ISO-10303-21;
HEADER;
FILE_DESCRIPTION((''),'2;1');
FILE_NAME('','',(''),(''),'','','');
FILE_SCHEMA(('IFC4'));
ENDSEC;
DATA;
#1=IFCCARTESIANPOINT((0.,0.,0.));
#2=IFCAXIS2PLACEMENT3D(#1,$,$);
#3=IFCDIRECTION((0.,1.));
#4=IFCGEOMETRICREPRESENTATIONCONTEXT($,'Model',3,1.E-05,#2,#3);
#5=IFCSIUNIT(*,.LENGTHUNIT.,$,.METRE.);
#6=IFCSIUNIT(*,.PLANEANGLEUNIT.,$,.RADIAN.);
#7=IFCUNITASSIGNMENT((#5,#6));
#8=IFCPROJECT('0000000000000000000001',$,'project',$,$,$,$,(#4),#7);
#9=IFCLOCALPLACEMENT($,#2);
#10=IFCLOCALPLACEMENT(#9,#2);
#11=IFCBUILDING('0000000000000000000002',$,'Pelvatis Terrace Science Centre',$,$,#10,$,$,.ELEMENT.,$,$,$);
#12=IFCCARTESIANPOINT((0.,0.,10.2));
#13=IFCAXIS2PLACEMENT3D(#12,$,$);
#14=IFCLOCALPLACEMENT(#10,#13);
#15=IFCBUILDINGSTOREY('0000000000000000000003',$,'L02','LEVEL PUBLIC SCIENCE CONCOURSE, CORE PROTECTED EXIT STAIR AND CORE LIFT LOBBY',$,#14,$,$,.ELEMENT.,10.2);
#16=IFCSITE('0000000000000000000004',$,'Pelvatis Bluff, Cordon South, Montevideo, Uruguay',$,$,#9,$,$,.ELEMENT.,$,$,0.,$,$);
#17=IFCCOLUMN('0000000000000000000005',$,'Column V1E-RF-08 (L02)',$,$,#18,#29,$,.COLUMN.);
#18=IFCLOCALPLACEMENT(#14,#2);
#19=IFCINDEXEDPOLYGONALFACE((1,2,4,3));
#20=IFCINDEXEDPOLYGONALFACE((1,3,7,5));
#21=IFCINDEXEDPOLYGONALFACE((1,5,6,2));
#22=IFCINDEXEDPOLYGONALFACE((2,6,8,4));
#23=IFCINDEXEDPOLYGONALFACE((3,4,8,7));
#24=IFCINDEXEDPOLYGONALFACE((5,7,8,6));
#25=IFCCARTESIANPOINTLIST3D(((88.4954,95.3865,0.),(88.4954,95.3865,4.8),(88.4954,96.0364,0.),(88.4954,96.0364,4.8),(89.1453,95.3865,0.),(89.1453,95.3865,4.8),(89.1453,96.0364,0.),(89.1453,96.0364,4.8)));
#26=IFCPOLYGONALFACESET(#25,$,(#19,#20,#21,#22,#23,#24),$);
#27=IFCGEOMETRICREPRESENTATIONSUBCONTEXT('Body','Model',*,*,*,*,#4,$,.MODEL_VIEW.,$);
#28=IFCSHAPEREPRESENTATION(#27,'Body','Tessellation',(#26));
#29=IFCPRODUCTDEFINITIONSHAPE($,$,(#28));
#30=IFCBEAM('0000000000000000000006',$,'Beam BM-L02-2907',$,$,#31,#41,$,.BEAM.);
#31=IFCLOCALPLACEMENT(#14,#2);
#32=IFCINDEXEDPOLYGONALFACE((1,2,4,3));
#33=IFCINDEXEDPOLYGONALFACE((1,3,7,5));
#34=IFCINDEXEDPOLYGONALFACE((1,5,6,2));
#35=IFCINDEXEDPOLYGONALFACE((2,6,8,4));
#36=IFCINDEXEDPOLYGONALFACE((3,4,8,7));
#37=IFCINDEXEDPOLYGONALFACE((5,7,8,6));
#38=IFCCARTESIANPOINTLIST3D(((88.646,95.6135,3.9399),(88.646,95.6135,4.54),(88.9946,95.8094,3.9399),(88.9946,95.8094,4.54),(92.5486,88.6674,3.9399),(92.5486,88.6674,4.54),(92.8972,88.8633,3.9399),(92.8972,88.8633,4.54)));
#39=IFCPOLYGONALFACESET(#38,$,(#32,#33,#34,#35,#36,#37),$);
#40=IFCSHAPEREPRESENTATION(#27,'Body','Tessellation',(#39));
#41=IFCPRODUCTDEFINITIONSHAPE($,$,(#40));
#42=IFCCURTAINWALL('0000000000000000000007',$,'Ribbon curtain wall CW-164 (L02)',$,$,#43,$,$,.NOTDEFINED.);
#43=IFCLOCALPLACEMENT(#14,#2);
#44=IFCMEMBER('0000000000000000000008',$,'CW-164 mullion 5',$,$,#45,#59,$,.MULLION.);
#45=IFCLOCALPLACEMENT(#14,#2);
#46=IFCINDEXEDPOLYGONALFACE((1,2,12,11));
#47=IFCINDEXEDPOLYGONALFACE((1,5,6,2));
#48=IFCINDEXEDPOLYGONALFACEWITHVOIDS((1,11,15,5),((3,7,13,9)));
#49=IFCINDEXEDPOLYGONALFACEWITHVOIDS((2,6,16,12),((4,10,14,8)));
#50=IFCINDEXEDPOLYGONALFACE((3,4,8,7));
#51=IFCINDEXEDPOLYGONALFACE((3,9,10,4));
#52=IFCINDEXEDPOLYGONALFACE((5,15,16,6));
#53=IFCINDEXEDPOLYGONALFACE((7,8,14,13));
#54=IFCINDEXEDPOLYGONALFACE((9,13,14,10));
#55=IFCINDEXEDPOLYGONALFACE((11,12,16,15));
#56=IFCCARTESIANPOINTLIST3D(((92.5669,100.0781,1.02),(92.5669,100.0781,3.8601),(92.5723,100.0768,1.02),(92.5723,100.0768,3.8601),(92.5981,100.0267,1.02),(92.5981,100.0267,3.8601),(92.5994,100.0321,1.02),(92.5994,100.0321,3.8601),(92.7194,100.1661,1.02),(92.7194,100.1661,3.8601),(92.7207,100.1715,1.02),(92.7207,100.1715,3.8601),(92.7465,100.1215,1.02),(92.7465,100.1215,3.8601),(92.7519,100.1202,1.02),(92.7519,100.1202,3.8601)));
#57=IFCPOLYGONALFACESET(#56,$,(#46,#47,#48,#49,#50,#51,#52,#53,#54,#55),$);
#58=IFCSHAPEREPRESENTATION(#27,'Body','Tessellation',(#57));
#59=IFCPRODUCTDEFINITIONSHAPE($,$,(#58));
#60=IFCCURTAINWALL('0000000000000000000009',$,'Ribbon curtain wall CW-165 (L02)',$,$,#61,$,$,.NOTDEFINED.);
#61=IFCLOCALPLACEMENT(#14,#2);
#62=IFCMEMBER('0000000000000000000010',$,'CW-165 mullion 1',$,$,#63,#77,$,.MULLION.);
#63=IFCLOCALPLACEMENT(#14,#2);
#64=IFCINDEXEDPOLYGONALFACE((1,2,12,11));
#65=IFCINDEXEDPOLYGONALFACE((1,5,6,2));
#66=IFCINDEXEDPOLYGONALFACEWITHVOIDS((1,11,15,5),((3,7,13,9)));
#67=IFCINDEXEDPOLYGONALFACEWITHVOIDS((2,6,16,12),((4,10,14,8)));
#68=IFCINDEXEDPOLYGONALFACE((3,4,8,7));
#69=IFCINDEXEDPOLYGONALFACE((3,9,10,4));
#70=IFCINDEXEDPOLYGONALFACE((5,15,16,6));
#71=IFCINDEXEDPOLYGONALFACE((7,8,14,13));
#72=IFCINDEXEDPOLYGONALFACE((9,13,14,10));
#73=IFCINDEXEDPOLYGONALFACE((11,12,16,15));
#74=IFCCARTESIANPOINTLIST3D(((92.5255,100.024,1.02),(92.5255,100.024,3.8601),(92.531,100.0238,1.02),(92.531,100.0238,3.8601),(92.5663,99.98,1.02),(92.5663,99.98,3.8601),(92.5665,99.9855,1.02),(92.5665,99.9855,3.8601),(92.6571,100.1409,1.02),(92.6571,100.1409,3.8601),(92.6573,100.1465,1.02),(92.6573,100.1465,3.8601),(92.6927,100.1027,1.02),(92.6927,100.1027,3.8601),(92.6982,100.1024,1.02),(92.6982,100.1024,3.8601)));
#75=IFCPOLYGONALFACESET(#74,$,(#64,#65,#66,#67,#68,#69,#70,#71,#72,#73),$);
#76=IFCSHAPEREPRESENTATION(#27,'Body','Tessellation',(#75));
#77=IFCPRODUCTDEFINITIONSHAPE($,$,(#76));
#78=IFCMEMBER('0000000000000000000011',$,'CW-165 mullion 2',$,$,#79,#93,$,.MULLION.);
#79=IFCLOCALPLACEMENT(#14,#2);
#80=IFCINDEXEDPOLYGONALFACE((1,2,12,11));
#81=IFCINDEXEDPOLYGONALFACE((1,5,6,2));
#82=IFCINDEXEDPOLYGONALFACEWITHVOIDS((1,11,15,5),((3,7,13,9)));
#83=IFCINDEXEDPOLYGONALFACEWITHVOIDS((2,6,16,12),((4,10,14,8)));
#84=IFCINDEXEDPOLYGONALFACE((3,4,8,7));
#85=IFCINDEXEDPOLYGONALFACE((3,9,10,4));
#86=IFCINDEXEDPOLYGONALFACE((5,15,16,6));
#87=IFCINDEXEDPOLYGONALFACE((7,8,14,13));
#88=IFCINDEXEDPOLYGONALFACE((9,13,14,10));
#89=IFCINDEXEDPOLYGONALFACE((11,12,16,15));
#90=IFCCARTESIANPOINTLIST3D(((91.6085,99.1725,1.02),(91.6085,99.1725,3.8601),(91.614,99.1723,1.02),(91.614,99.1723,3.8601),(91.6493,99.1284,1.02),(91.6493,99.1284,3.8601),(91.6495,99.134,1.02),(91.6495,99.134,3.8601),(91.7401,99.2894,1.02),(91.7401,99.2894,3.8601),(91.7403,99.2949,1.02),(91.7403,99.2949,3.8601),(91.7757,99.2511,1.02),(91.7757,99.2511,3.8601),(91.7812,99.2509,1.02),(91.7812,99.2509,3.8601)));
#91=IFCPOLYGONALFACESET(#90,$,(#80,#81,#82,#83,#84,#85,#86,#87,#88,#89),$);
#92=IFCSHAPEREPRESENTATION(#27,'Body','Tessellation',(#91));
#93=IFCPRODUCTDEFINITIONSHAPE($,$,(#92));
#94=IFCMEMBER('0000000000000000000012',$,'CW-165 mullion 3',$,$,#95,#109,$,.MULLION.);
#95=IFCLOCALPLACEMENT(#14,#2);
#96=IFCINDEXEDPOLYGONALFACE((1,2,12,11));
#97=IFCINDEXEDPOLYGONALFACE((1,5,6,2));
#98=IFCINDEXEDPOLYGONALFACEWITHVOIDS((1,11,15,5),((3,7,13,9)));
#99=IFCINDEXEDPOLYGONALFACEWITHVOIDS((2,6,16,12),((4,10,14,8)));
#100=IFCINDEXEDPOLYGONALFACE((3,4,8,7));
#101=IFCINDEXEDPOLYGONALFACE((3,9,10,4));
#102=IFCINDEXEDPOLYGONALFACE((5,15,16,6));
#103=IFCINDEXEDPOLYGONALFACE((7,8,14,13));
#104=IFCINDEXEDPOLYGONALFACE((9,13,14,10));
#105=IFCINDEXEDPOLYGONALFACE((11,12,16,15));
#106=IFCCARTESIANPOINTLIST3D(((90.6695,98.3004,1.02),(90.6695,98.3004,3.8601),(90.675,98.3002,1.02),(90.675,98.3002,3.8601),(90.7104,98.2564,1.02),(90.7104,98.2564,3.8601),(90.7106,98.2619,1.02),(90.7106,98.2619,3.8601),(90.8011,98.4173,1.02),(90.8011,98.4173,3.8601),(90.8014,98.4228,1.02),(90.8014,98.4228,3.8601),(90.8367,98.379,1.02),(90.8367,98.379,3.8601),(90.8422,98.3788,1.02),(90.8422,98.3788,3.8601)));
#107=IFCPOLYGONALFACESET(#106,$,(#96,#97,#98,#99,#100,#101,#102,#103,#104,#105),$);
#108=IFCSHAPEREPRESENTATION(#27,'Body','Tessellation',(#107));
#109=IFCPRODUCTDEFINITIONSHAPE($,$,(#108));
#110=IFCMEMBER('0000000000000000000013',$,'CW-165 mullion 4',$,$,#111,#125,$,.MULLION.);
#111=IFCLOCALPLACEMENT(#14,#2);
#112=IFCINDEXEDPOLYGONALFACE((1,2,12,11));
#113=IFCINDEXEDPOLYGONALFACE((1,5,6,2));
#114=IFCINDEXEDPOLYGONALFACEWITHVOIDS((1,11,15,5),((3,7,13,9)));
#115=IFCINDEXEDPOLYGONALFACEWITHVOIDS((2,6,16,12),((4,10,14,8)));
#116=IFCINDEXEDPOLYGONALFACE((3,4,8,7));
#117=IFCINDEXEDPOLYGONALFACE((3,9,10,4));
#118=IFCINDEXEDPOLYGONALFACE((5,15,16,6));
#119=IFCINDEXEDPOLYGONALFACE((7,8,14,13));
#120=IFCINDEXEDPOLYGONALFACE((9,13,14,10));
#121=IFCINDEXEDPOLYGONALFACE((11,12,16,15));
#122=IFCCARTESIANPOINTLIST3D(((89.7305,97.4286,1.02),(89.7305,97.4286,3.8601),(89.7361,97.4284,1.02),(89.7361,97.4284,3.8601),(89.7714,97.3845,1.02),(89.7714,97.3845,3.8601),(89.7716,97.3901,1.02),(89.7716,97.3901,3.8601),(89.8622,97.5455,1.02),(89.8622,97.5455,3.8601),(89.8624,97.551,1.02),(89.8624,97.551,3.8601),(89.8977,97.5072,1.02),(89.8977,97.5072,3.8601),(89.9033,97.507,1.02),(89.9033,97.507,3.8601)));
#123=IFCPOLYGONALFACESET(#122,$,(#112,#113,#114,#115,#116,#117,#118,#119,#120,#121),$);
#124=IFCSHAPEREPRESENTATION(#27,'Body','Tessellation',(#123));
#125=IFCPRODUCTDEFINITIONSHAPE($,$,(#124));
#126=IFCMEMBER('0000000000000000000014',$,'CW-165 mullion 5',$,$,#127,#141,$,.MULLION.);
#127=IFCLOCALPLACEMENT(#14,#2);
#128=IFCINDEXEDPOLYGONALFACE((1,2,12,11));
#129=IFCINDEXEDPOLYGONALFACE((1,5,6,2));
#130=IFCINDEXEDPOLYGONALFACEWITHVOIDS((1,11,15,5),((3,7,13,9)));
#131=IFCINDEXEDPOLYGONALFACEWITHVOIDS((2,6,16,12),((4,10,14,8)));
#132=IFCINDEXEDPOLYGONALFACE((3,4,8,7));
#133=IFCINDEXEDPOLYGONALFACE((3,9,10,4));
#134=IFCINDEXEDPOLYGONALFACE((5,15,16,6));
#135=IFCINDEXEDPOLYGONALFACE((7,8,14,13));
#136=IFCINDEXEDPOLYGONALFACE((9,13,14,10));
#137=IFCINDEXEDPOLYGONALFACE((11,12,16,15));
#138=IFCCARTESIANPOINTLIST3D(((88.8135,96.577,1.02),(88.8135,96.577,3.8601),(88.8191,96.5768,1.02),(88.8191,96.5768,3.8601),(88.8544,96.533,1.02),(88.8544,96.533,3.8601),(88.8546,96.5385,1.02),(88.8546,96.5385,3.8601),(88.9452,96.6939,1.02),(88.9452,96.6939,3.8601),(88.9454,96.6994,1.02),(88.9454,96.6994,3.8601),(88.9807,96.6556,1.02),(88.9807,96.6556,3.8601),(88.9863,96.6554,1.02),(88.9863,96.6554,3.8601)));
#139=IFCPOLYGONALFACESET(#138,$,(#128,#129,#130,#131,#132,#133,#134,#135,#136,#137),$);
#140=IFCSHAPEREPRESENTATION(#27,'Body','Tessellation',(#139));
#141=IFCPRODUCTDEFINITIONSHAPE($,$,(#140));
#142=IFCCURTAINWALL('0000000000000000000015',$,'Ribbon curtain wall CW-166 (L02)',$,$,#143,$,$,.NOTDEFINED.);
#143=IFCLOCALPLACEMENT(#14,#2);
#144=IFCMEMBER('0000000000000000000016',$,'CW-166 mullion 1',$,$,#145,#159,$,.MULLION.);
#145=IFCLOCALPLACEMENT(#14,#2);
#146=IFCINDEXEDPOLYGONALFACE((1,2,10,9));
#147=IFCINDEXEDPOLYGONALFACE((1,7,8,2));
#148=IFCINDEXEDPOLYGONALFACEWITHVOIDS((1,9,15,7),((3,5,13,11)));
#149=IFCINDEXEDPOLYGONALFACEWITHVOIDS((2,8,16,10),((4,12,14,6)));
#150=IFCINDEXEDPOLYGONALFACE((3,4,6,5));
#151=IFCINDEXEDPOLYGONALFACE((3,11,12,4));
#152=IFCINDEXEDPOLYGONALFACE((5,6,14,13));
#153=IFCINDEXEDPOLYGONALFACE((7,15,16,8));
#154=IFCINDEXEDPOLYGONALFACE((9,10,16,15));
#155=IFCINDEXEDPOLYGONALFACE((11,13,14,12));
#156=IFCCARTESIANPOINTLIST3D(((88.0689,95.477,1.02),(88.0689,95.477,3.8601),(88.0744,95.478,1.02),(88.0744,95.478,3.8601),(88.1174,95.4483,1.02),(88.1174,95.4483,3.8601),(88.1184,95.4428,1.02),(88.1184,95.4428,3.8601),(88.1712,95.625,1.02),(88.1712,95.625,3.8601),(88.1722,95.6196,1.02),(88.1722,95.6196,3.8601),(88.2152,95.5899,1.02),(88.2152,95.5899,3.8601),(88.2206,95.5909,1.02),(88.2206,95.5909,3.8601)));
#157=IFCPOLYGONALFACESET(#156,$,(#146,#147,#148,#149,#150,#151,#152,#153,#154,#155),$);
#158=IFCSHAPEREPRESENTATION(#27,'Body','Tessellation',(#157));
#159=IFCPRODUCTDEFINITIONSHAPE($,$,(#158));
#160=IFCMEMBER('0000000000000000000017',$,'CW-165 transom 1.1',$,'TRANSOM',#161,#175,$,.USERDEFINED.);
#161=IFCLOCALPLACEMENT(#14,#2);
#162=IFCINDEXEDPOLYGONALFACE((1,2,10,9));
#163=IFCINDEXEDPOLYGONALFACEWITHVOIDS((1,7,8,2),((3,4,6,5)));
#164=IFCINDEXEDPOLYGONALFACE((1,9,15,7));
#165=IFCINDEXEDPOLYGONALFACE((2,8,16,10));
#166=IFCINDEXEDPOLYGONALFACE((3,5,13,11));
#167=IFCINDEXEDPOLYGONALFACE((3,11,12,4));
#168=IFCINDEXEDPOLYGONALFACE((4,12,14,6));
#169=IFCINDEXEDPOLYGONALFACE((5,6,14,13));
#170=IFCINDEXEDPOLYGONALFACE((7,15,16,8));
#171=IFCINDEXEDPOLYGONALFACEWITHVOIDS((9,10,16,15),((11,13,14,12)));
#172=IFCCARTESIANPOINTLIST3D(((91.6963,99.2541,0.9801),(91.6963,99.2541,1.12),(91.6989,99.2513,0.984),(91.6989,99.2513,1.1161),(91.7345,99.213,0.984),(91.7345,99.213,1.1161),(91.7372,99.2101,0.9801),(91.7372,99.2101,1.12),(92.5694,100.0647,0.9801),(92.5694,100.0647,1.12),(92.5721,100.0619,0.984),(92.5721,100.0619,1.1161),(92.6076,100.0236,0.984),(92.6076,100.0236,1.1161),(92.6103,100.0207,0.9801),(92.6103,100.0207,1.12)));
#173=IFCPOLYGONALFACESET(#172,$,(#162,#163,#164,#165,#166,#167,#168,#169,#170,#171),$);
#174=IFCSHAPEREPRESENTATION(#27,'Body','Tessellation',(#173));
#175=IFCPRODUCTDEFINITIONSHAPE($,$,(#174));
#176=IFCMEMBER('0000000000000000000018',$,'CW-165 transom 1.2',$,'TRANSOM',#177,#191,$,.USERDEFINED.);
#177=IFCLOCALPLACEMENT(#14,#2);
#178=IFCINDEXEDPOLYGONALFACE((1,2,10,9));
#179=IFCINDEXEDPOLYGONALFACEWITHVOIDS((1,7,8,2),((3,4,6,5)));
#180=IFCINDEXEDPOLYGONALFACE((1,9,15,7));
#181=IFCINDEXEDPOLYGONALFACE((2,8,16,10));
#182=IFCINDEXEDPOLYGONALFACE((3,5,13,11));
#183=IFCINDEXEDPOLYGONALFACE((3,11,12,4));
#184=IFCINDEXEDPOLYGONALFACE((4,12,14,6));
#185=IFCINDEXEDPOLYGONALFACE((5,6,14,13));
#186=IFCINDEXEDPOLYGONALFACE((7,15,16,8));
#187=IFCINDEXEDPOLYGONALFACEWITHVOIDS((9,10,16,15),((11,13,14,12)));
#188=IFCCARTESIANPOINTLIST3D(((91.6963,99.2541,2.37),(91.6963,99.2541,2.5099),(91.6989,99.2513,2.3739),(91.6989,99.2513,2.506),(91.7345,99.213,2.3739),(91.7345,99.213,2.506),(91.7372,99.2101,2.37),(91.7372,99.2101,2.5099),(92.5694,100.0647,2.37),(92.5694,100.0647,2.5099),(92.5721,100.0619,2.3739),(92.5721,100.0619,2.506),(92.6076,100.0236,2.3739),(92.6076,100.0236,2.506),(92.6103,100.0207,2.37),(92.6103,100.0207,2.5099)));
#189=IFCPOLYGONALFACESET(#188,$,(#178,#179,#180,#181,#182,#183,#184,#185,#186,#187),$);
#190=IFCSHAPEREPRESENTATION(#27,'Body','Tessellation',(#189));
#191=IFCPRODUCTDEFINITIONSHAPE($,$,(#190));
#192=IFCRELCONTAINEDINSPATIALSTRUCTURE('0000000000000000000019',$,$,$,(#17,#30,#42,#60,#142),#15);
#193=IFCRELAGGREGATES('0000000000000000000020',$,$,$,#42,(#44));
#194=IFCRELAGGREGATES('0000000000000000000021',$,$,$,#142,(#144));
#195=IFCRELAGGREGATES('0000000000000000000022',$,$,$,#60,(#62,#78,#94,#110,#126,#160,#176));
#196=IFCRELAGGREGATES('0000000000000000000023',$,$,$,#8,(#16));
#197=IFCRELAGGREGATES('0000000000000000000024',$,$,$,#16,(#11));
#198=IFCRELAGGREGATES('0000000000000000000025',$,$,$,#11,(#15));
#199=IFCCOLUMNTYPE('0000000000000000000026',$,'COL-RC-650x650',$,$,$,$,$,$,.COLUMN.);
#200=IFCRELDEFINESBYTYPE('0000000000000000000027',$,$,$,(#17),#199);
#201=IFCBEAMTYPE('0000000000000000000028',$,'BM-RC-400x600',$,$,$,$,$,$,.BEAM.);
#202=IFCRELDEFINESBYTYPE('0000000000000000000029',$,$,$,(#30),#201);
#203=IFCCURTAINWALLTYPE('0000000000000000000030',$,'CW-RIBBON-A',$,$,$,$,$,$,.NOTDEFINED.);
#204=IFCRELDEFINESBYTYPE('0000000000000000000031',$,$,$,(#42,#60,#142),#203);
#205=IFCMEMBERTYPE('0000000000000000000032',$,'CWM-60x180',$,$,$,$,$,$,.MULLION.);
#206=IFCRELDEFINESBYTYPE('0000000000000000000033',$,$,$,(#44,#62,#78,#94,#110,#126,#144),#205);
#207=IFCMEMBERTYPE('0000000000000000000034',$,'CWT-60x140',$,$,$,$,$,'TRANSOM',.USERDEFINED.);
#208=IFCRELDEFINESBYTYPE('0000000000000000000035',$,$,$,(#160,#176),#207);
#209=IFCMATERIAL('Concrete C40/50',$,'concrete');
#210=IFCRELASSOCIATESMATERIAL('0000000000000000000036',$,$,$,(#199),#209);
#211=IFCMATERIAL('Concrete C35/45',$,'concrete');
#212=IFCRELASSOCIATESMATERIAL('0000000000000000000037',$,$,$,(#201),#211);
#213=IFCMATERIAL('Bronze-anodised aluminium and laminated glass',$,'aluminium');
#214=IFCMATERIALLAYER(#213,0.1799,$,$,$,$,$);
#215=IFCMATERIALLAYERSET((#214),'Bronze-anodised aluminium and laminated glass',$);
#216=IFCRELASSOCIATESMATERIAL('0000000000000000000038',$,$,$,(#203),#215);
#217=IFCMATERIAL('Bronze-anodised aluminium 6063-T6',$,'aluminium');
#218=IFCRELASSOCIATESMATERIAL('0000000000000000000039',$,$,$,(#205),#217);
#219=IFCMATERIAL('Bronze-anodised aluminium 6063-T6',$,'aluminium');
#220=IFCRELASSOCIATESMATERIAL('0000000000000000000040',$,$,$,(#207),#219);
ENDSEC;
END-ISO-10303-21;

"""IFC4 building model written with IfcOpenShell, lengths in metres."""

from ifc_helpers import new_model, si_unit, direction, frame, origin, origin_2d, place, context, subcontext, project, spatial, rectangle, hollow_rectangle, extrude, material, layer, layer_set, material_profile, profile_set, type_object, element, aggregate, save


model = new_model("IFC4")

# Units and contexts
model_context = context("Model", 3, precision=1e-05, world=origin(), true_north=direction((0.0, 1.0)))
body_context = subcontext(model_context, "Body", "Model", "MODEL_VIEW")
ifc_project = project(units=[si_unit("LENGTHUNIT", "METRE"), si_unit("PLANEANGLEUNIT", "RADIAN")], contexts=[model_context])

# Site, building, storey
site_placement = place(None, origin())
site = spatial("IfcSite", under=ifc_project, at=site_placement, Name="Pelvatis Bluff, Cordon South, Montevideo, Uruguay", CompositionType="ELEMENT", RefElevation=0.0)
building_placement = place(site_placement, origin())
building = spatial("IfcBuilding", under=site, at=building_placement, Name="Pelvatis Terrace Science Centre", CompositionType="ELEMENT")
storey_placement = place(building_placement, frame((0.0, 0.0, 10.2)))
storey = spatial("IfcBuildingStorey", under=building, at=storey_placement, Name="L02", Description="LEVEL PUBLIC SCIENCE CONCOURSE, CORE PROTECTED EXIT STAIR AND CORE LIFT LOBBY", CompositionType="ELEMENT", Elevation=10.2)

# Column
ifc_material_1 = material(Name="Concrete C40/50", Category="concrete")
ifc_material_profile_1 = material_profile(ifc_material_1, rectangle(XDim=0.6499, YDim=0.6499, at=origin_2d()), Name="RC-COL 650x650")
ifc_profile_set_1 = profile_set([ifc_material_profile_1], Name="Concrete C40/50")
column_type = type_object("IfcColumnType", Name="COL-RC-650x650", PredefinedType="COLUMN", material=ifc_profile_set_1)
column_placement = place(storey_placement, frame((88.8203, 95.7114, 0.0), z_axis=(0.0, 0.0, 1.0), x_axis=(1.0, 0.0, 0.0)))
element("IfcColumn", 1, at=column_placement, inside=storey, type_object=column_type, Name="Column V1E-RF-08 (L02)", PredefinedType="COLUMN", context=body_context, shape_type="SweptSolid", body=[
    extrude(rectangle(XDim=0.6499, YDim=0.6499, at=origin_2d()), origin(), (0.0, 0.0, 1.0), 4.8),
])

# Beam
ifc_material_2 = material(Name="Concrete C35/45", Category="concrete")
ifc_material_profile_2 = material_profile(ifc_material_2, rectangle(XDim=0.3999, YDim=0.6001, at=origin_2d()), Name="RC-BM 400x600")
ifc_profile_set_2 = profile_set([ifc_material_profile_2], Name="Concrete C35/45")
beam_type = type_object("IfcBeamType", Name="BM-RC-400x600", PredefinedType="BEAM", material=ifc_profile_set_2)
beam_placement = place(storey_placement, frame((88.8203, 95.7114, 4.24), z_axis=(0.489826, -0.87182, 0.0), x_axis=(0.87182, 0.489826, 0.0)))
element("IfcBeam", 2, at=beam_placement, inside=storey, type_object=beam_type, Name="Beam BM-L02-2907", PredefinedType="BEAM", context=body_context, shape_type="SweptSolid", body=[
    extrude(rectangle(XDim=0.3999, YDim=0.6001, at=origin_2d()), origin(), (0.0, 0.0, 1.0), 7.9673),
])

# Curtain wall, member
ifc_material_3 = material(Name="Bronze-anodised aluminium and laminated glass", Category="aluminium")
ifc_layer_1 = layer(ifc_material_3, 0.1799)
ifc_layer_set_1 = layer_set([ifc_layer_1], Name="Bronze-anodised aluminium and laminated glass")
curtain_wall_type = type_object("IfcCurtainWallType", Name="CW-RIBBON-A", PredefinedType="NOTDEFINED", material=ifc_layer_set_1)
curtain_wall_1_placement = place(storey_placement, origin())
curtain_wall_1 = element("IfcCurtainWall", 3, at=curtain_wall_1_placement, inside=storey, type_object=curtain_wall_type, Name="Ribbon curtain wall CW-164 (L02)", PredefinedType="NOTDEFINED")
ifc_material_4 = material(Name="Bronze-anodised aluminium 6063-T6", Category="aluminium")
ifc_material_profile_3 = material_profile(ifc_material_4, hollow_rectangle(XDim=0.0601, YDim=0.1799, WallThickness=0.0039, at=origin_2d()), Name="ALU-MUL 60x180")
ifc_profile_set_3 = profile_set([ifc_material_profile_3], Name="Bronze-anodised aluminium 6063-T6")
member_type_1 = type_object("IfcMemberType", Name="CWM-60x180", PredefinedType="MULLION", material=ifc_profile_set_3)
member_1_placement = place(storey_placement, frame((92.6594, 100.0991, 1.02), z_axis=(0.0, 0.0, 1.0), x_axis=(0.51919, -0.854659, 0.0)))
member_1 = element("IfcMember", 4, at=member_1_placement, type_object=member_type_1, Name="CW-164 mullion 5", PredefinedType="MULLION", context=body_context, shape_type="SweptSolid", body=[
    extrude(hollow_rectangle(XDim=0.0601, YDim=0.1799, WallThickness=0.0039, at=origin_2d()), origin(), (0.0, 0.0, 1.0), 2.8401),
])
aggregate(curtain_wall_1, [member_1])

# Curtain wall, members
curtain_wall_2_placement = place(storey_placement, origin())
curtain_wall_2 = element("IfcCurtainWall", 5, at=curtain_wall_2_placement, inside=storey, type_object=curtain_wall_type, Name="Ribbon curtain wall CW-165 (L02)", PredefinedType="NOTDEFINED")
member_2_placement = place(storey_placement, frame((92.6118, 100.0632, 1.02), z_axis=(0.0, 0.0, 1.0), x_axis=(0.68047, -0.732776, 0.0)))
member_2 = element("IfcMember", 6, at=member_2_placement, type_object=member_type_1, Name="CW-165 mullion 1", PredefinedType="MULLION", context=body_context, shape_type="SweptSolid", body=[
    extrude(hollow_rectangle(XDim=0.0601, YDim=0.1799, WallThickness=0.0039, at=origin_2d()), origin(), (0.0, 0.0, 1.0), 2.8401),
])
member_3_placement = place(storey_placement, frame((91.6948, 99.2117, 1.02), z_axis=(0.0, 0.0, 1.0), x_axis=(0.68047, -0.732776, 0.0)))
member_3 = element("IfcMember", 7, at=member_3_placement, type_object=member_type_1, Name="CW-165 mullion 2", PredefinedType="MULLION", context=body_context, shape_type="SweptSolid", body=[
    extrude(hollow_rectangle(XDim=0.0601, YDim=0.1799, WallThickness=0.0039, at=origin_2d()), origin(), (0.0, 0.0, 1.0), 2.8401),
])
member_4_placement = place(storey_placement, frame((90.7559, 98.3396, 1.02), z_axis=(0.0, 0.0, 1.0), x_axis=(0.68047, -0.732776, 0.0)))
member_4 = element("IfcMember", 8, at=member_4_placement, type_object=member_type_1, Name="CW-165 mullion 3", PredefinedType="MULLION", context=body_context, shape_type="SweptSolid", body=[
    extrude(hollow_rectangle(XDim=0.0601, YDim=0.1799, WallThickness=0.0039, at=origin_2d()), origin(), (0.0, 0.0, 1.0), 2.8401),
])
member_5_placement = place(storey_placement, frame((89.8169, 97.4678, 1.02), z_axis=(0.0, 0.0, 1.0), x_axis=(0.68047, -0.732776, 0.0)))
member_5 = element("IfcMember", 9, at=member_5_placement, type_object=member_type_1, Name="CW-165 mullion 4", PredefinedType="MULLION", context=body_context, shape_type="SweptSolid", body=[
    extrude(hollow_rectangle(XDim=0.0601, YDim=0.1799, WallThickness=0.0039, at=origin_2d()), origin(), (0.0, 0.0, 1.0), 2.8401),
])
member_6_placement = place(storey_placement, frame((88.8999, 96.6162, 1.02), z_axis=(0.0, 0.0, 1.0), x_axis=(0.68047, -0.732776, 0.0)))
member_6 = element("IfcMember", 10, at=member_6_placement, type_object=member_type_1, Name="CW-165 mullion 5", PredefinedType="MULLION", context=body_context, shape_type="SweptSolid", body=[
    extrude(hollow_rectangle(XDim=0.0601, YDim=0.1799, WallThickness=0.0039, at=origin_2d()), origin(), (0.0, 0.0, 1.0), 2.8401),
])

# Curtain wall, member
curtain_wall_3_placement = place(storey_placement, origin())
curtain_wall_3 = element("IfcCurtainWall", 11, at=curtain_wall_3_placement, inside=storey, type_object=curtain_wall_type, Name="Ribbon curtain wall CW-166 (L02)", PredefinedType="NOTDEFINED")
member_7_placement = place(storey_placement, frame((88.1448, 95.5339, 1.02), z_axis=(0.0, 0.0, 1.0), x_axis=(0.82289, -0.5682, 0.0)))
member_7 = element("IfcMember", 12, at=member_7_placement, type_object=member_type_1, Name="CW-166 mullion 1", PredefinedType="MULLION", context=body_context, shape_type="SweptSolid", body=[
    extrude(hollow_rectangle(XDim=0.0601, YDim=0.1799, WallThickness=0.0039, at=origin_2d()), origin(), (0.0, 0.0, 1.0), 2.8401),
])

# Members
ifc_material_5 = material(Name="Bronze-anodised aluminium 6063-T6", Category="aluminium")
ifc_material_profile_4 = material_profile(ifc_material_5, hollow_rectangle(XDim=0.0601, YDim=0.1399, WallThickness=0.0039, at=origin_2d()), Name="ALU-TRN 60x140")
ifc_profile_set_4 = profile_set([ifc_material_profile_4], Name="Bronze-anodised aluminium 6063-T6")
member_type_2 = type_object("IfcMemberType", Name="CWT-60x140", ElementType="TRANSOM", PredefinedType="USERDEFINED", material=ifc_profile_set_4)
member_8_placement = place(storey_placement, frame((92.5898, 100.0427, 1.05), z_axis=(-0.732852, -0.680388, 0.0), x_axis=(0.680388, -0.732852, 0.0)))
member_8 = element("IfcMember", 13, at=member_8_placement, type_object=member_type_2, Name="CW-165 transom 1.1", ObjectType="TRANSOM", PredefinedType="USERDEFINED", context=body_context, shape_type="SweptSolid", body=[
    extrude(hollow_rectangle(XDim=0.0601, YDim=0.1399, WallThickness=0.0039, at=origin_2d()), origin(), (0.0, 0.0, 1.0), 1.1914),
])
member_9_placement = place(storey_placement, frame((92.5898, 100.0427, 2.4399), z_axis=(-0.732852, -0.680388, 0.0), x_axis=(0.680388, -0.732852, 0.0)))
member_9 = element("IfcMember", 14, at=member_9_placement, type_object=member_type_2, Name="CW-165 transom 1.2", ObjectType="TRANSOM", PredefinedType="USERDEFINED", context=body_context, shape_type="SweptSolid", body=[
    extrude(hollow_rectangle(XDim=0.0601, YDim=0.1399, WallThickness=0.0039, at=origin_2d()), origin(), (0.0, 0.0, 1.0), 1.1914),
])
aggregate(curtain_wall_3, [member_7])

aggregate(curtain_wall_2, [member_2, member_3, member_4, member_5, member_6, member_8, member_9])

save(model, "model.ifc")
